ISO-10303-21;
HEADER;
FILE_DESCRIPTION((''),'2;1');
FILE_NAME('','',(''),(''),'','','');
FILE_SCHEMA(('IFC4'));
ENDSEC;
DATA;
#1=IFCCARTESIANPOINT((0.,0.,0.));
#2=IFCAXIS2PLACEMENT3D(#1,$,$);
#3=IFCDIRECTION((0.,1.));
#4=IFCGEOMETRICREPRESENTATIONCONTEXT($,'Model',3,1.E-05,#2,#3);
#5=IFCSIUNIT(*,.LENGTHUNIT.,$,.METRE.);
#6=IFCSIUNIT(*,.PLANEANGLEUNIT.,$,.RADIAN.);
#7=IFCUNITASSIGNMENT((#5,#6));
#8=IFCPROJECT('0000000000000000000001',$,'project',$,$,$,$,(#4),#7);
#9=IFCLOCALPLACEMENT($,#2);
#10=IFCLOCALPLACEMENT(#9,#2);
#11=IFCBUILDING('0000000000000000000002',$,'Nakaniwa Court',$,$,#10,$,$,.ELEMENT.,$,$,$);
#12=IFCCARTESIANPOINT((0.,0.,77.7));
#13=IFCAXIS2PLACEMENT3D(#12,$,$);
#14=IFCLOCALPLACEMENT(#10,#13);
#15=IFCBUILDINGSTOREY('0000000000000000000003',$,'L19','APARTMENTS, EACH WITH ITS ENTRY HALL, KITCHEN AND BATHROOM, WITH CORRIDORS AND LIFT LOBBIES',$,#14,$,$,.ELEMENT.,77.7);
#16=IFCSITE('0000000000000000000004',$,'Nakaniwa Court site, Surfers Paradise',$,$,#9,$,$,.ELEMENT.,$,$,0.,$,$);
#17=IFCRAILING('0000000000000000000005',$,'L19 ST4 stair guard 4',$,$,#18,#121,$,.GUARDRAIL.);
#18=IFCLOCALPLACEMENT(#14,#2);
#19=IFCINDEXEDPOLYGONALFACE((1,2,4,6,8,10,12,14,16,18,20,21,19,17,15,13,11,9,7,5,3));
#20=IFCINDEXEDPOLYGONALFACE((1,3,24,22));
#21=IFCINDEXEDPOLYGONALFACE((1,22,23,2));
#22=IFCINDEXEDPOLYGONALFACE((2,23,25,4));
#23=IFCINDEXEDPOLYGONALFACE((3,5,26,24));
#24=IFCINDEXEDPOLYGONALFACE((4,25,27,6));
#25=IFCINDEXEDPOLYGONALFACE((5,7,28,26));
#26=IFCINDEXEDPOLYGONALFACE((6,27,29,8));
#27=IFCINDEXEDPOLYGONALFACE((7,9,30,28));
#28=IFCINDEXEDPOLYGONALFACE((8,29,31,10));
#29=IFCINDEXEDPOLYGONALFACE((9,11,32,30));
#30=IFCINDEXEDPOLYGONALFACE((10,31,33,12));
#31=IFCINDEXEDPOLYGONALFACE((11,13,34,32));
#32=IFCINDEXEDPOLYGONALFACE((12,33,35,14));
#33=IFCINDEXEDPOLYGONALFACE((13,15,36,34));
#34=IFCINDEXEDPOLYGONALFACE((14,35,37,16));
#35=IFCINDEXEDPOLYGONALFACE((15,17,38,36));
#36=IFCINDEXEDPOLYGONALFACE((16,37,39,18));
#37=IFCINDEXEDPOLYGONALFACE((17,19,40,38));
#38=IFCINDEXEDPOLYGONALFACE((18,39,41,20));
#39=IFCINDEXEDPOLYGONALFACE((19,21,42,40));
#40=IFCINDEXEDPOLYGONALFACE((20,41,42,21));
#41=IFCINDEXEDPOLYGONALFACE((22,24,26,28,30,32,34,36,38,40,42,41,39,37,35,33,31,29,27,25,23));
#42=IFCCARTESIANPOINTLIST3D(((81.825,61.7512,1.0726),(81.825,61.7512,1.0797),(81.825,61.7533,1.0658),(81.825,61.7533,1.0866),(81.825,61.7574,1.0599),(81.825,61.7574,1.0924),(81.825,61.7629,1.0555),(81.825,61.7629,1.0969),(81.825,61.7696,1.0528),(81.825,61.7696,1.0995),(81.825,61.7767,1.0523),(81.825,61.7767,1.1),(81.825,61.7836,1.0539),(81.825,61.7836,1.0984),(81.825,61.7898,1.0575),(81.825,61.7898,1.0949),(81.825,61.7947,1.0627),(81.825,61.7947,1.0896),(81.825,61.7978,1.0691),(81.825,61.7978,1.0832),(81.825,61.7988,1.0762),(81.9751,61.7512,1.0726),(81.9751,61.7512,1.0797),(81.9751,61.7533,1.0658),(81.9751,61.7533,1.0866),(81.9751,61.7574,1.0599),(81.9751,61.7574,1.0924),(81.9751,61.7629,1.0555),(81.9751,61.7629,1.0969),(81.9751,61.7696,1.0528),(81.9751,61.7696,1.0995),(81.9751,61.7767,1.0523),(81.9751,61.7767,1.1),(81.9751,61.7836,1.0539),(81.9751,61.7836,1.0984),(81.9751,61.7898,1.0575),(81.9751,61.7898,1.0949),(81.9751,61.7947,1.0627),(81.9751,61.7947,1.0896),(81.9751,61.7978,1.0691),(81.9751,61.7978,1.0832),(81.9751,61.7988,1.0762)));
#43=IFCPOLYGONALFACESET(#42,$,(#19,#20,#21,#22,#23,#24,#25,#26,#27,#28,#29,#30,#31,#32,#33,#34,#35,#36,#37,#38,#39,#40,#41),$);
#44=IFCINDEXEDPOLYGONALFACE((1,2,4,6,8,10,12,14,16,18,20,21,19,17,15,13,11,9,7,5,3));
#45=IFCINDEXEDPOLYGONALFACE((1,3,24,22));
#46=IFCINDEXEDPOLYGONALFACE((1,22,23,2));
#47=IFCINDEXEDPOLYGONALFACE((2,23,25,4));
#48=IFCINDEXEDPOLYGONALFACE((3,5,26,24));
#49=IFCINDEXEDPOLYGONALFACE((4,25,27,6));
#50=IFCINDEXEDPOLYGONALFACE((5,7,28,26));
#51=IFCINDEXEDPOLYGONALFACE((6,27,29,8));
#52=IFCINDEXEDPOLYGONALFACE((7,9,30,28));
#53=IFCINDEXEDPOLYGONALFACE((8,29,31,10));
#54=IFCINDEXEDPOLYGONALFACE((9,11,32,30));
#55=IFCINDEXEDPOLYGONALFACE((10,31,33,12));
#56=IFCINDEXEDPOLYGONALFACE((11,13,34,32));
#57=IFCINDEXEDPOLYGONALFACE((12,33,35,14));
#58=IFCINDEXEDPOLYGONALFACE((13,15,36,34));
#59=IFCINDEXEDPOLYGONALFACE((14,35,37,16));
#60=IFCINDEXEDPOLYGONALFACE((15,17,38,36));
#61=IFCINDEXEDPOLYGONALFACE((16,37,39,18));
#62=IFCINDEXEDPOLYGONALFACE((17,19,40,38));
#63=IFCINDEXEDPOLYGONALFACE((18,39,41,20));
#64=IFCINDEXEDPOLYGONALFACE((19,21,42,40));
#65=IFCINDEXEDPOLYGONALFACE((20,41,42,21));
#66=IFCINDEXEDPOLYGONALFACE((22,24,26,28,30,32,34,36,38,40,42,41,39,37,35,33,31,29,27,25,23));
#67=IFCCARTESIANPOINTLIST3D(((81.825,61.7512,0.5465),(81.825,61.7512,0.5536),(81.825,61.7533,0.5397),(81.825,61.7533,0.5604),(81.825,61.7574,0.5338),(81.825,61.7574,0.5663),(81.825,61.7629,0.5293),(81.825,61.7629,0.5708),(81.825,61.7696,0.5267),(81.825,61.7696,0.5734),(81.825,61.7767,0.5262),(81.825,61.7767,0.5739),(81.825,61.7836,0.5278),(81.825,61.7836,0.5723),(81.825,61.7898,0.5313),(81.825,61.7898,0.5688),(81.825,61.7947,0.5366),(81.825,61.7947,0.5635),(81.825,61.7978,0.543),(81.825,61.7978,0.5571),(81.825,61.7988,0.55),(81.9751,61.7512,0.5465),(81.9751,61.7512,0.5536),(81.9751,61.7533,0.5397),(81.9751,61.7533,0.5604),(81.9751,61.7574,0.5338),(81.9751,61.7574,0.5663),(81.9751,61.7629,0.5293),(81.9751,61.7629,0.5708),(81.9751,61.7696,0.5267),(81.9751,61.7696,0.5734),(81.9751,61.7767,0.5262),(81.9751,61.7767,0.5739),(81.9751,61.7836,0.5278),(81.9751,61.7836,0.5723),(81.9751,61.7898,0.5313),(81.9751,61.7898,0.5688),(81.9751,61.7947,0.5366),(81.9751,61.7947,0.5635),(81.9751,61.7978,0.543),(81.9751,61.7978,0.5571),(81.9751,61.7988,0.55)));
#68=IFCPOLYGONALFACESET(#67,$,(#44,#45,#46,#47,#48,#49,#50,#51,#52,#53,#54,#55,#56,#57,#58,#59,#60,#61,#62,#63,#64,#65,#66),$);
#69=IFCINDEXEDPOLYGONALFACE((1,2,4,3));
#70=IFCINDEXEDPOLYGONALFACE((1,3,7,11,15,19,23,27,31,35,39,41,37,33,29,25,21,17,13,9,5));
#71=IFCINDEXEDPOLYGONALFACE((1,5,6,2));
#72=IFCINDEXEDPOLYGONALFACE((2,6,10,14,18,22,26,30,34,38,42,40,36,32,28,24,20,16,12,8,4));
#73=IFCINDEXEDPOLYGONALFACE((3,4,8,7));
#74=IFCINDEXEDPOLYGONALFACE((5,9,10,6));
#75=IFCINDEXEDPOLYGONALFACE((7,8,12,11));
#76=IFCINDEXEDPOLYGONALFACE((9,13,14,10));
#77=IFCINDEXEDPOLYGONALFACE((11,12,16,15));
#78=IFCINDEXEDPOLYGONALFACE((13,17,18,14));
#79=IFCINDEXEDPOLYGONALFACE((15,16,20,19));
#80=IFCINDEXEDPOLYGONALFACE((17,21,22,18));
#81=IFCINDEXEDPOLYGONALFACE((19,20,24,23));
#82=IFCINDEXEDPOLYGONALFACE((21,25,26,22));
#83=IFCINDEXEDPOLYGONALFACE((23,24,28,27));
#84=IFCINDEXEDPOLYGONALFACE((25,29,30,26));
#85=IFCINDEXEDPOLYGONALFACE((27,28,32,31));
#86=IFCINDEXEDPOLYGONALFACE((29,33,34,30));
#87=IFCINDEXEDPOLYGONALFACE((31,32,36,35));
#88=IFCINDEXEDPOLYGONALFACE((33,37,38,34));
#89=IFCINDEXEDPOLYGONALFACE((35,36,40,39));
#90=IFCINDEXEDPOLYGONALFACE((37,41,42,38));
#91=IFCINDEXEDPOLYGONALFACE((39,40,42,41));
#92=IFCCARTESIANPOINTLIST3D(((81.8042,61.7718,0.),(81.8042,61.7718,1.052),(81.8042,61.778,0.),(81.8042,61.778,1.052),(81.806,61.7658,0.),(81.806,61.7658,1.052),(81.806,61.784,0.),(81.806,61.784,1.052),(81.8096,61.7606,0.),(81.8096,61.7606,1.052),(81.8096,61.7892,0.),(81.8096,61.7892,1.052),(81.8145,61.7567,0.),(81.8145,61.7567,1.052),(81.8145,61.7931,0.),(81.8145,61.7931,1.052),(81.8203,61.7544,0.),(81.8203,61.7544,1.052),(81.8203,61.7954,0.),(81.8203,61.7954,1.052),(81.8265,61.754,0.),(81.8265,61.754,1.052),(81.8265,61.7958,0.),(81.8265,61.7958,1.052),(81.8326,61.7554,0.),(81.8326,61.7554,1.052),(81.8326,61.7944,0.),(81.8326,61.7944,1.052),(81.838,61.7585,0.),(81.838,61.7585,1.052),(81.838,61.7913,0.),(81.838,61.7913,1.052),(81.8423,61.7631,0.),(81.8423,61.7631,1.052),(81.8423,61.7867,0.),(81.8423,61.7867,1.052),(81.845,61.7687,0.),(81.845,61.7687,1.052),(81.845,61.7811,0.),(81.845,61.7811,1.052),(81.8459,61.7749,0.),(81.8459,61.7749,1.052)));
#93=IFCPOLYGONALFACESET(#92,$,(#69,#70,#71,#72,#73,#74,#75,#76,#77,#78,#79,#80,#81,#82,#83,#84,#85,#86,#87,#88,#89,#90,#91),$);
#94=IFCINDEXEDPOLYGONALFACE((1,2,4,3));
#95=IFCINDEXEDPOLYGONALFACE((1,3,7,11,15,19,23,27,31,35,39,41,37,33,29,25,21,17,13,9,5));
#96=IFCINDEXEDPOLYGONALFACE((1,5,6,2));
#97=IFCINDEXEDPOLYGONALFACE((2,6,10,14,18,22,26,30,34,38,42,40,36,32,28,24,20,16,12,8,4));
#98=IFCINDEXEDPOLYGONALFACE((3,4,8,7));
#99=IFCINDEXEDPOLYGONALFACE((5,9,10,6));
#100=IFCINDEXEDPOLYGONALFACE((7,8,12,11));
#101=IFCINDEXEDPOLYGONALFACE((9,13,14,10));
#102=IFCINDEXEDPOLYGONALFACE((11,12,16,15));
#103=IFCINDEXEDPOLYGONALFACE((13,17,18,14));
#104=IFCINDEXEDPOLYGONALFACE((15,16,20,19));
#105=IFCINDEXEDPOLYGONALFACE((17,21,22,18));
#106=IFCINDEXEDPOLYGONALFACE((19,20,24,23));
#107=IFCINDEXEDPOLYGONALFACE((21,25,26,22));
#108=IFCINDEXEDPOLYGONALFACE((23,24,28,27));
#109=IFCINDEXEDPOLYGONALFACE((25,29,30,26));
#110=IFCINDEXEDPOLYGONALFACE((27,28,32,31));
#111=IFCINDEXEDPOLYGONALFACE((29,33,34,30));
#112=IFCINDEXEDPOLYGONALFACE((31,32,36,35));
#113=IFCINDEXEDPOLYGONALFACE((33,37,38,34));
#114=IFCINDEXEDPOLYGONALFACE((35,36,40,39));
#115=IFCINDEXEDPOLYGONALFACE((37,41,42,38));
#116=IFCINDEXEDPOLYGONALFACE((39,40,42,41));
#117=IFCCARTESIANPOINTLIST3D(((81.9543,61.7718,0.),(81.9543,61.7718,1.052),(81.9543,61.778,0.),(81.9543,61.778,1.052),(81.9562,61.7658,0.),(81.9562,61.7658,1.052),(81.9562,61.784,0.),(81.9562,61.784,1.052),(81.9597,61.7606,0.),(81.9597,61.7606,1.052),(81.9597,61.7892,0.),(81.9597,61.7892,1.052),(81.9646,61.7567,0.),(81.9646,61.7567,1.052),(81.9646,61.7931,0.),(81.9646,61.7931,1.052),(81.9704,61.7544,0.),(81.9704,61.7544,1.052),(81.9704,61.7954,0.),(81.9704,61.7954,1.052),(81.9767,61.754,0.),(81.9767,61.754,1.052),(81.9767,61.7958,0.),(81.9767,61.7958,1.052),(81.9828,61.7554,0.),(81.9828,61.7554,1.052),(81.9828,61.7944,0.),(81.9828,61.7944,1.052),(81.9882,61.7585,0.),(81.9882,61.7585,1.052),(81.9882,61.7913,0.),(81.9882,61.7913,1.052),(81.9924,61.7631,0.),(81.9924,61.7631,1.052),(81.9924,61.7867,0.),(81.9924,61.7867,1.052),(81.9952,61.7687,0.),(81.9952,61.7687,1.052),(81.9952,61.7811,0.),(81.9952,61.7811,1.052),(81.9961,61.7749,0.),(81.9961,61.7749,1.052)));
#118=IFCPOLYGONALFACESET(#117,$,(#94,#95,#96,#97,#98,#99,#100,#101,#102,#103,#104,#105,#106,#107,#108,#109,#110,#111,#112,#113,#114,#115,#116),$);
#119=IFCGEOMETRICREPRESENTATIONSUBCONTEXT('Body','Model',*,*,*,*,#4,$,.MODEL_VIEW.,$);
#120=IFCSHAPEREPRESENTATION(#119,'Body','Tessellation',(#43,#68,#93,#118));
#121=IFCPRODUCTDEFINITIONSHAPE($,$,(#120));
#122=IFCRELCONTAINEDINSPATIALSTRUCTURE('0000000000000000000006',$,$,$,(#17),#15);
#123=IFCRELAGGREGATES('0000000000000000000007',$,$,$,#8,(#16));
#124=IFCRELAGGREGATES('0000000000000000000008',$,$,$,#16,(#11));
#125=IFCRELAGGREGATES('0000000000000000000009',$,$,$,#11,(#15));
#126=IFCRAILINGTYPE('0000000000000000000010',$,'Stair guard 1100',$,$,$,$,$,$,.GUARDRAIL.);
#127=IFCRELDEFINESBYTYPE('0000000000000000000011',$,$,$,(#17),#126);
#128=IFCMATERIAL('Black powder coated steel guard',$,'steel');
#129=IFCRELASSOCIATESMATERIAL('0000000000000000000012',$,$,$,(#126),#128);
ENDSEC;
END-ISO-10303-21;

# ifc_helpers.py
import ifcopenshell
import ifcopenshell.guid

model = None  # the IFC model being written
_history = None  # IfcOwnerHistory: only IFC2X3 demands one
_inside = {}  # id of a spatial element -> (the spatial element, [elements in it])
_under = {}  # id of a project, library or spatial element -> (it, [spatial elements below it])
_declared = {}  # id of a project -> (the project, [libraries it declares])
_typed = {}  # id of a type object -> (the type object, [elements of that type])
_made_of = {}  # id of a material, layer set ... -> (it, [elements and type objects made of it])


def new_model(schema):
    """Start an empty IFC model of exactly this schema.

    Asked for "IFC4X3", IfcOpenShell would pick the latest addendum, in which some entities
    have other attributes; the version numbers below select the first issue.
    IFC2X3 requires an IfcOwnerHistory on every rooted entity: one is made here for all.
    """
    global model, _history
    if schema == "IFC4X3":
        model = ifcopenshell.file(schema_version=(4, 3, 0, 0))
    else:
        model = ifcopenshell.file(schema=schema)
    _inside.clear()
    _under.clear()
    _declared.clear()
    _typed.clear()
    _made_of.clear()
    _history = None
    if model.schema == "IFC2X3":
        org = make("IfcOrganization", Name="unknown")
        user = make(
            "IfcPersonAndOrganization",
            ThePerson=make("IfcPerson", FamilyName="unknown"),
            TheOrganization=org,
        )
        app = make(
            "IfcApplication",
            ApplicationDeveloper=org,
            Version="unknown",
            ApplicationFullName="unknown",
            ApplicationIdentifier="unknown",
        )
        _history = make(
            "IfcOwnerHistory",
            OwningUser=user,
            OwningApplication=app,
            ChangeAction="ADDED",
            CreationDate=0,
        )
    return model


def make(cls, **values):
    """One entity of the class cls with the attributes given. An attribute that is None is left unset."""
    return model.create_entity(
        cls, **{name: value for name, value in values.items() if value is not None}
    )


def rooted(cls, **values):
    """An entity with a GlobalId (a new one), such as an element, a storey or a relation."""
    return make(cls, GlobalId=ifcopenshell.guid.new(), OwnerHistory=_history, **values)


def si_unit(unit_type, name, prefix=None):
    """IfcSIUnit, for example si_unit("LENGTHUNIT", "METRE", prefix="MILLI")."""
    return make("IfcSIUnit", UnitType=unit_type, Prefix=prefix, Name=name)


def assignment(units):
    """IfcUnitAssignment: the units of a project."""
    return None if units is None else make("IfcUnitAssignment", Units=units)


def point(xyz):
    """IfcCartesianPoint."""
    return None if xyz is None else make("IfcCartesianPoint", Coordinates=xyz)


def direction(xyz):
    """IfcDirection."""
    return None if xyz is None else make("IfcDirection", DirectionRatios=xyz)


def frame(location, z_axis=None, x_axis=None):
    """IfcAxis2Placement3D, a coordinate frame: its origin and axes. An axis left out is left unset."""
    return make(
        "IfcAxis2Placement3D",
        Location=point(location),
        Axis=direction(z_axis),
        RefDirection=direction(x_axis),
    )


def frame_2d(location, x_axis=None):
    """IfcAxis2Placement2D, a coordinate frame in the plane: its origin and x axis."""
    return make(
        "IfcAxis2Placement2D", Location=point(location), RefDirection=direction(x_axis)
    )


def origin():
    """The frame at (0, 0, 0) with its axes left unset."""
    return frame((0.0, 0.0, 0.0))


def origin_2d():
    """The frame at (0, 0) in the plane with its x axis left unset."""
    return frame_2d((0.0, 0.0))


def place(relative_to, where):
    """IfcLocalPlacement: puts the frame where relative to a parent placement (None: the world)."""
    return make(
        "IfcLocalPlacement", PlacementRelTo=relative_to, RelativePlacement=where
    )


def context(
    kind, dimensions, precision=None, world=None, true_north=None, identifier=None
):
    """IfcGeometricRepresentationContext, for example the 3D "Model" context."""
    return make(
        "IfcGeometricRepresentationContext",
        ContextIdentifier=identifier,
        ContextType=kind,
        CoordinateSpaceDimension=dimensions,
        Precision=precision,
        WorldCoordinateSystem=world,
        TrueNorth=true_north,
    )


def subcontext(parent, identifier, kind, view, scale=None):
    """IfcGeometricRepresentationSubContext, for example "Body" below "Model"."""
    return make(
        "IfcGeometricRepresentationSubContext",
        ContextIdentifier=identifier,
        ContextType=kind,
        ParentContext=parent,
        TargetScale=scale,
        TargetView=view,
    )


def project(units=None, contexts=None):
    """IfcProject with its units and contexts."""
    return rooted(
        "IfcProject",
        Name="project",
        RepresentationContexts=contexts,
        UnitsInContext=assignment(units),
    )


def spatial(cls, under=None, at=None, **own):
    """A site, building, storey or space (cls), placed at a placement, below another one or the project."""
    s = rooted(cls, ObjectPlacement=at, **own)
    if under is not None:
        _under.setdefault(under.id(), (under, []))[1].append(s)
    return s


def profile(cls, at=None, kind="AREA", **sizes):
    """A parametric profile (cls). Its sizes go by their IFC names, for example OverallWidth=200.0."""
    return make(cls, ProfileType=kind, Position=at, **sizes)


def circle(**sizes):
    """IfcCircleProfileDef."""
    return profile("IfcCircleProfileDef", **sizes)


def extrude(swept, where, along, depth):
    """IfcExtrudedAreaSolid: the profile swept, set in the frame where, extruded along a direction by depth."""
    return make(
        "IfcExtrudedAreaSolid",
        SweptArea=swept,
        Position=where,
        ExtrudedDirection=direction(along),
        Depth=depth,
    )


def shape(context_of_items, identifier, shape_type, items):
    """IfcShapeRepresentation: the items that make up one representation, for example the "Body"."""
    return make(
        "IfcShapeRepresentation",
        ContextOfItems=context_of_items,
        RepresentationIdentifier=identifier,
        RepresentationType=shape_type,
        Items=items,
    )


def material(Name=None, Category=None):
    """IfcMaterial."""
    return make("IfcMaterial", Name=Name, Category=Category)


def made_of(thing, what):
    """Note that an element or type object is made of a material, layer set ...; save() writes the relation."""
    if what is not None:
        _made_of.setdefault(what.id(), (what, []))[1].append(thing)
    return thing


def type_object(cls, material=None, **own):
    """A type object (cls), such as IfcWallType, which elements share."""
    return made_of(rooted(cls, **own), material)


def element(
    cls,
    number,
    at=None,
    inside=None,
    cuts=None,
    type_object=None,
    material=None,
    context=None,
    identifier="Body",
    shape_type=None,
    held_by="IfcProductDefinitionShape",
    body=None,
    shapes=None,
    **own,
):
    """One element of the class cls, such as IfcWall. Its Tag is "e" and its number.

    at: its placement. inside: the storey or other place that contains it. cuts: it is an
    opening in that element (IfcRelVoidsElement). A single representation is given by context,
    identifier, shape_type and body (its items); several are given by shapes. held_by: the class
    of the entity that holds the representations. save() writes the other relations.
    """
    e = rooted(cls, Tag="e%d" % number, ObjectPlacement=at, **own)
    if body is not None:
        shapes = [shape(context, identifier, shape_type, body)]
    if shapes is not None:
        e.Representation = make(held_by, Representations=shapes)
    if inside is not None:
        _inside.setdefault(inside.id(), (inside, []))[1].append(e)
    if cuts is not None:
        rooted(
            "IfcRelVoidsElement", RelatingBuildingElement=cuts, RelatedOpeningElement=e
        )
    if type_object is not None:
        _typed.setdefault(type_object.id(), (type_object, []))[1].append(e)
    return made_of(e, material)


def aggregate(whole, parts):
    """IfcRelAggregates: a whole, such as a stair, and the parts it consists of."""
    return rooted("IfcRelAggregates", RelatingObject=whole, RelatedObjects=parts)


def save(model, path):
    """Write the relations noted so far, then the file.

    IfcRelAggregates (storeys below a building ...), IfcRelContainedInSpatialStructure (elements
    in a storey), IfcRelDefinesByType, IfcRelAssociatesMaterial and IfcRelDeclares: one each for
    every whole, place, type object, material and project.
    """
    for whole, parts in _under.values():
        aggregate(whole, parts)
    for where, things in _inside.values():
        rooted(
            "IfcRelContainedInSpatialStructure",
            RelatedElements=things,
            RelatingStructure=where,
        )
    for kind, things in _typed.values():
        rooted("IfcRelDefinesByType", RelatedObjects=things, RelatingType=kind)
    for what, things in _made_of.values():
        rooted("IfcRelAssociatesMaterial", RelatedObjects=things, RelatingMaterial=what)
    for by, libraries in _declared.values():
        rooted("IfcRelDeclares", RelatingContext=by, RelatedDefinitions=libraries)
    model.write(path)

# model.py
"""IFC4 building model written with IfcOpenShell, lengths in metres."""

from ifc_helpers import new_model, si_unit, direction, frame, origin, origin_2d, place, context, subcontext, project, spatial, circle, extrude, material, type_object, element, save


model = new_model("IFC4")

# Units and contexts
model_context = context("Model", 3, precision=1e-05, world=origin(), true_north=direction((0.0, 1.0)))
body_context = subcontext(model_context, "Body", "Model", "MODEL_VIEW")
ifc_project = project(units=[si_unit("LENGTHUNIT", "METRE"), si_unit("PLANEANGLEUNIT", "RADIAN")], contexts=[model_context])

# Site, building, storey
site_placement = place(None, origin())
site = spatial("IfcSite", under=ifc_project, at=site_placement, Name="Nakaniwa Court site, Surfers Paradise", CompositionType="ELEMENT", RefElevation=0.0)
building_placement = place(site_placement, origin())
building = spatial("IfcBuilding", under=site, at=building_placement, Name="Nakaniwa Court", CompositionType="ELEMENT")
storey_placement = place(building_placement, frame((0.0, 0.0, 77.7)))
storey = spatial("IfcBuildingStorey", under=building, at=storey_placement, Name="L19", Description="APARTMENTS, EACH WITH ITS ENTRY HALL, KITCHEN AND BATHROOM, WITH CORRIDORS AND LIFT LOBBIES", CompositionType="ELEMENT", Elevation=77.7)

# Railing
ifc_material_1 = material(Name="Black powder coated steel guard", Category="steel")
railing_type_1 = type_object("IfcRailingType", Name="Stair guard 1100", PredefinedType="GUARDRAIL", material=ifc_material_1)
railing_1_placement = place(storey_placement, frame((81.825, 61.7749, 0.0)))
element("IfcRailing", 1, at=railing_1_placement, inside=storey, type_object=railing_type_1, Name="L19 ST4 stair guard 4", PredefinedType="GUARDRAIL", context=body_context, shape_type="SweptSolid", body=[
    extrude(circle(Radius=0.0239, at=origin_2d()), frame((0.0, 0.0, 1.0762), z_axis=(1.0, 0.0, 0.0), x_axis=(0.0, 1.0, 0.0)), (0.0, 0.0, 1.0), 0.1501),
    extrude(circle(Radius=0.0239, at=origin_2d()), frame((0.0, 0.0, 0.55), z_axis=(1.0, 0.0, 0.0), x_axis=(0.0, 1.0, 0.0)), (0.0, 0.0, 1.0), 0.1501),
    extrude(circle(Radius=0.021, at=origin_2d()), origin(), (0.0, 0.0, 1.0), 1.052),
    extrude(circle(Radius=0.021, at=origin_2d()), frame((0.1501, 0.0, 0.0)), (0.0, 0.0, 1.0), 1.052),
])

save(model, "model.ifc")
